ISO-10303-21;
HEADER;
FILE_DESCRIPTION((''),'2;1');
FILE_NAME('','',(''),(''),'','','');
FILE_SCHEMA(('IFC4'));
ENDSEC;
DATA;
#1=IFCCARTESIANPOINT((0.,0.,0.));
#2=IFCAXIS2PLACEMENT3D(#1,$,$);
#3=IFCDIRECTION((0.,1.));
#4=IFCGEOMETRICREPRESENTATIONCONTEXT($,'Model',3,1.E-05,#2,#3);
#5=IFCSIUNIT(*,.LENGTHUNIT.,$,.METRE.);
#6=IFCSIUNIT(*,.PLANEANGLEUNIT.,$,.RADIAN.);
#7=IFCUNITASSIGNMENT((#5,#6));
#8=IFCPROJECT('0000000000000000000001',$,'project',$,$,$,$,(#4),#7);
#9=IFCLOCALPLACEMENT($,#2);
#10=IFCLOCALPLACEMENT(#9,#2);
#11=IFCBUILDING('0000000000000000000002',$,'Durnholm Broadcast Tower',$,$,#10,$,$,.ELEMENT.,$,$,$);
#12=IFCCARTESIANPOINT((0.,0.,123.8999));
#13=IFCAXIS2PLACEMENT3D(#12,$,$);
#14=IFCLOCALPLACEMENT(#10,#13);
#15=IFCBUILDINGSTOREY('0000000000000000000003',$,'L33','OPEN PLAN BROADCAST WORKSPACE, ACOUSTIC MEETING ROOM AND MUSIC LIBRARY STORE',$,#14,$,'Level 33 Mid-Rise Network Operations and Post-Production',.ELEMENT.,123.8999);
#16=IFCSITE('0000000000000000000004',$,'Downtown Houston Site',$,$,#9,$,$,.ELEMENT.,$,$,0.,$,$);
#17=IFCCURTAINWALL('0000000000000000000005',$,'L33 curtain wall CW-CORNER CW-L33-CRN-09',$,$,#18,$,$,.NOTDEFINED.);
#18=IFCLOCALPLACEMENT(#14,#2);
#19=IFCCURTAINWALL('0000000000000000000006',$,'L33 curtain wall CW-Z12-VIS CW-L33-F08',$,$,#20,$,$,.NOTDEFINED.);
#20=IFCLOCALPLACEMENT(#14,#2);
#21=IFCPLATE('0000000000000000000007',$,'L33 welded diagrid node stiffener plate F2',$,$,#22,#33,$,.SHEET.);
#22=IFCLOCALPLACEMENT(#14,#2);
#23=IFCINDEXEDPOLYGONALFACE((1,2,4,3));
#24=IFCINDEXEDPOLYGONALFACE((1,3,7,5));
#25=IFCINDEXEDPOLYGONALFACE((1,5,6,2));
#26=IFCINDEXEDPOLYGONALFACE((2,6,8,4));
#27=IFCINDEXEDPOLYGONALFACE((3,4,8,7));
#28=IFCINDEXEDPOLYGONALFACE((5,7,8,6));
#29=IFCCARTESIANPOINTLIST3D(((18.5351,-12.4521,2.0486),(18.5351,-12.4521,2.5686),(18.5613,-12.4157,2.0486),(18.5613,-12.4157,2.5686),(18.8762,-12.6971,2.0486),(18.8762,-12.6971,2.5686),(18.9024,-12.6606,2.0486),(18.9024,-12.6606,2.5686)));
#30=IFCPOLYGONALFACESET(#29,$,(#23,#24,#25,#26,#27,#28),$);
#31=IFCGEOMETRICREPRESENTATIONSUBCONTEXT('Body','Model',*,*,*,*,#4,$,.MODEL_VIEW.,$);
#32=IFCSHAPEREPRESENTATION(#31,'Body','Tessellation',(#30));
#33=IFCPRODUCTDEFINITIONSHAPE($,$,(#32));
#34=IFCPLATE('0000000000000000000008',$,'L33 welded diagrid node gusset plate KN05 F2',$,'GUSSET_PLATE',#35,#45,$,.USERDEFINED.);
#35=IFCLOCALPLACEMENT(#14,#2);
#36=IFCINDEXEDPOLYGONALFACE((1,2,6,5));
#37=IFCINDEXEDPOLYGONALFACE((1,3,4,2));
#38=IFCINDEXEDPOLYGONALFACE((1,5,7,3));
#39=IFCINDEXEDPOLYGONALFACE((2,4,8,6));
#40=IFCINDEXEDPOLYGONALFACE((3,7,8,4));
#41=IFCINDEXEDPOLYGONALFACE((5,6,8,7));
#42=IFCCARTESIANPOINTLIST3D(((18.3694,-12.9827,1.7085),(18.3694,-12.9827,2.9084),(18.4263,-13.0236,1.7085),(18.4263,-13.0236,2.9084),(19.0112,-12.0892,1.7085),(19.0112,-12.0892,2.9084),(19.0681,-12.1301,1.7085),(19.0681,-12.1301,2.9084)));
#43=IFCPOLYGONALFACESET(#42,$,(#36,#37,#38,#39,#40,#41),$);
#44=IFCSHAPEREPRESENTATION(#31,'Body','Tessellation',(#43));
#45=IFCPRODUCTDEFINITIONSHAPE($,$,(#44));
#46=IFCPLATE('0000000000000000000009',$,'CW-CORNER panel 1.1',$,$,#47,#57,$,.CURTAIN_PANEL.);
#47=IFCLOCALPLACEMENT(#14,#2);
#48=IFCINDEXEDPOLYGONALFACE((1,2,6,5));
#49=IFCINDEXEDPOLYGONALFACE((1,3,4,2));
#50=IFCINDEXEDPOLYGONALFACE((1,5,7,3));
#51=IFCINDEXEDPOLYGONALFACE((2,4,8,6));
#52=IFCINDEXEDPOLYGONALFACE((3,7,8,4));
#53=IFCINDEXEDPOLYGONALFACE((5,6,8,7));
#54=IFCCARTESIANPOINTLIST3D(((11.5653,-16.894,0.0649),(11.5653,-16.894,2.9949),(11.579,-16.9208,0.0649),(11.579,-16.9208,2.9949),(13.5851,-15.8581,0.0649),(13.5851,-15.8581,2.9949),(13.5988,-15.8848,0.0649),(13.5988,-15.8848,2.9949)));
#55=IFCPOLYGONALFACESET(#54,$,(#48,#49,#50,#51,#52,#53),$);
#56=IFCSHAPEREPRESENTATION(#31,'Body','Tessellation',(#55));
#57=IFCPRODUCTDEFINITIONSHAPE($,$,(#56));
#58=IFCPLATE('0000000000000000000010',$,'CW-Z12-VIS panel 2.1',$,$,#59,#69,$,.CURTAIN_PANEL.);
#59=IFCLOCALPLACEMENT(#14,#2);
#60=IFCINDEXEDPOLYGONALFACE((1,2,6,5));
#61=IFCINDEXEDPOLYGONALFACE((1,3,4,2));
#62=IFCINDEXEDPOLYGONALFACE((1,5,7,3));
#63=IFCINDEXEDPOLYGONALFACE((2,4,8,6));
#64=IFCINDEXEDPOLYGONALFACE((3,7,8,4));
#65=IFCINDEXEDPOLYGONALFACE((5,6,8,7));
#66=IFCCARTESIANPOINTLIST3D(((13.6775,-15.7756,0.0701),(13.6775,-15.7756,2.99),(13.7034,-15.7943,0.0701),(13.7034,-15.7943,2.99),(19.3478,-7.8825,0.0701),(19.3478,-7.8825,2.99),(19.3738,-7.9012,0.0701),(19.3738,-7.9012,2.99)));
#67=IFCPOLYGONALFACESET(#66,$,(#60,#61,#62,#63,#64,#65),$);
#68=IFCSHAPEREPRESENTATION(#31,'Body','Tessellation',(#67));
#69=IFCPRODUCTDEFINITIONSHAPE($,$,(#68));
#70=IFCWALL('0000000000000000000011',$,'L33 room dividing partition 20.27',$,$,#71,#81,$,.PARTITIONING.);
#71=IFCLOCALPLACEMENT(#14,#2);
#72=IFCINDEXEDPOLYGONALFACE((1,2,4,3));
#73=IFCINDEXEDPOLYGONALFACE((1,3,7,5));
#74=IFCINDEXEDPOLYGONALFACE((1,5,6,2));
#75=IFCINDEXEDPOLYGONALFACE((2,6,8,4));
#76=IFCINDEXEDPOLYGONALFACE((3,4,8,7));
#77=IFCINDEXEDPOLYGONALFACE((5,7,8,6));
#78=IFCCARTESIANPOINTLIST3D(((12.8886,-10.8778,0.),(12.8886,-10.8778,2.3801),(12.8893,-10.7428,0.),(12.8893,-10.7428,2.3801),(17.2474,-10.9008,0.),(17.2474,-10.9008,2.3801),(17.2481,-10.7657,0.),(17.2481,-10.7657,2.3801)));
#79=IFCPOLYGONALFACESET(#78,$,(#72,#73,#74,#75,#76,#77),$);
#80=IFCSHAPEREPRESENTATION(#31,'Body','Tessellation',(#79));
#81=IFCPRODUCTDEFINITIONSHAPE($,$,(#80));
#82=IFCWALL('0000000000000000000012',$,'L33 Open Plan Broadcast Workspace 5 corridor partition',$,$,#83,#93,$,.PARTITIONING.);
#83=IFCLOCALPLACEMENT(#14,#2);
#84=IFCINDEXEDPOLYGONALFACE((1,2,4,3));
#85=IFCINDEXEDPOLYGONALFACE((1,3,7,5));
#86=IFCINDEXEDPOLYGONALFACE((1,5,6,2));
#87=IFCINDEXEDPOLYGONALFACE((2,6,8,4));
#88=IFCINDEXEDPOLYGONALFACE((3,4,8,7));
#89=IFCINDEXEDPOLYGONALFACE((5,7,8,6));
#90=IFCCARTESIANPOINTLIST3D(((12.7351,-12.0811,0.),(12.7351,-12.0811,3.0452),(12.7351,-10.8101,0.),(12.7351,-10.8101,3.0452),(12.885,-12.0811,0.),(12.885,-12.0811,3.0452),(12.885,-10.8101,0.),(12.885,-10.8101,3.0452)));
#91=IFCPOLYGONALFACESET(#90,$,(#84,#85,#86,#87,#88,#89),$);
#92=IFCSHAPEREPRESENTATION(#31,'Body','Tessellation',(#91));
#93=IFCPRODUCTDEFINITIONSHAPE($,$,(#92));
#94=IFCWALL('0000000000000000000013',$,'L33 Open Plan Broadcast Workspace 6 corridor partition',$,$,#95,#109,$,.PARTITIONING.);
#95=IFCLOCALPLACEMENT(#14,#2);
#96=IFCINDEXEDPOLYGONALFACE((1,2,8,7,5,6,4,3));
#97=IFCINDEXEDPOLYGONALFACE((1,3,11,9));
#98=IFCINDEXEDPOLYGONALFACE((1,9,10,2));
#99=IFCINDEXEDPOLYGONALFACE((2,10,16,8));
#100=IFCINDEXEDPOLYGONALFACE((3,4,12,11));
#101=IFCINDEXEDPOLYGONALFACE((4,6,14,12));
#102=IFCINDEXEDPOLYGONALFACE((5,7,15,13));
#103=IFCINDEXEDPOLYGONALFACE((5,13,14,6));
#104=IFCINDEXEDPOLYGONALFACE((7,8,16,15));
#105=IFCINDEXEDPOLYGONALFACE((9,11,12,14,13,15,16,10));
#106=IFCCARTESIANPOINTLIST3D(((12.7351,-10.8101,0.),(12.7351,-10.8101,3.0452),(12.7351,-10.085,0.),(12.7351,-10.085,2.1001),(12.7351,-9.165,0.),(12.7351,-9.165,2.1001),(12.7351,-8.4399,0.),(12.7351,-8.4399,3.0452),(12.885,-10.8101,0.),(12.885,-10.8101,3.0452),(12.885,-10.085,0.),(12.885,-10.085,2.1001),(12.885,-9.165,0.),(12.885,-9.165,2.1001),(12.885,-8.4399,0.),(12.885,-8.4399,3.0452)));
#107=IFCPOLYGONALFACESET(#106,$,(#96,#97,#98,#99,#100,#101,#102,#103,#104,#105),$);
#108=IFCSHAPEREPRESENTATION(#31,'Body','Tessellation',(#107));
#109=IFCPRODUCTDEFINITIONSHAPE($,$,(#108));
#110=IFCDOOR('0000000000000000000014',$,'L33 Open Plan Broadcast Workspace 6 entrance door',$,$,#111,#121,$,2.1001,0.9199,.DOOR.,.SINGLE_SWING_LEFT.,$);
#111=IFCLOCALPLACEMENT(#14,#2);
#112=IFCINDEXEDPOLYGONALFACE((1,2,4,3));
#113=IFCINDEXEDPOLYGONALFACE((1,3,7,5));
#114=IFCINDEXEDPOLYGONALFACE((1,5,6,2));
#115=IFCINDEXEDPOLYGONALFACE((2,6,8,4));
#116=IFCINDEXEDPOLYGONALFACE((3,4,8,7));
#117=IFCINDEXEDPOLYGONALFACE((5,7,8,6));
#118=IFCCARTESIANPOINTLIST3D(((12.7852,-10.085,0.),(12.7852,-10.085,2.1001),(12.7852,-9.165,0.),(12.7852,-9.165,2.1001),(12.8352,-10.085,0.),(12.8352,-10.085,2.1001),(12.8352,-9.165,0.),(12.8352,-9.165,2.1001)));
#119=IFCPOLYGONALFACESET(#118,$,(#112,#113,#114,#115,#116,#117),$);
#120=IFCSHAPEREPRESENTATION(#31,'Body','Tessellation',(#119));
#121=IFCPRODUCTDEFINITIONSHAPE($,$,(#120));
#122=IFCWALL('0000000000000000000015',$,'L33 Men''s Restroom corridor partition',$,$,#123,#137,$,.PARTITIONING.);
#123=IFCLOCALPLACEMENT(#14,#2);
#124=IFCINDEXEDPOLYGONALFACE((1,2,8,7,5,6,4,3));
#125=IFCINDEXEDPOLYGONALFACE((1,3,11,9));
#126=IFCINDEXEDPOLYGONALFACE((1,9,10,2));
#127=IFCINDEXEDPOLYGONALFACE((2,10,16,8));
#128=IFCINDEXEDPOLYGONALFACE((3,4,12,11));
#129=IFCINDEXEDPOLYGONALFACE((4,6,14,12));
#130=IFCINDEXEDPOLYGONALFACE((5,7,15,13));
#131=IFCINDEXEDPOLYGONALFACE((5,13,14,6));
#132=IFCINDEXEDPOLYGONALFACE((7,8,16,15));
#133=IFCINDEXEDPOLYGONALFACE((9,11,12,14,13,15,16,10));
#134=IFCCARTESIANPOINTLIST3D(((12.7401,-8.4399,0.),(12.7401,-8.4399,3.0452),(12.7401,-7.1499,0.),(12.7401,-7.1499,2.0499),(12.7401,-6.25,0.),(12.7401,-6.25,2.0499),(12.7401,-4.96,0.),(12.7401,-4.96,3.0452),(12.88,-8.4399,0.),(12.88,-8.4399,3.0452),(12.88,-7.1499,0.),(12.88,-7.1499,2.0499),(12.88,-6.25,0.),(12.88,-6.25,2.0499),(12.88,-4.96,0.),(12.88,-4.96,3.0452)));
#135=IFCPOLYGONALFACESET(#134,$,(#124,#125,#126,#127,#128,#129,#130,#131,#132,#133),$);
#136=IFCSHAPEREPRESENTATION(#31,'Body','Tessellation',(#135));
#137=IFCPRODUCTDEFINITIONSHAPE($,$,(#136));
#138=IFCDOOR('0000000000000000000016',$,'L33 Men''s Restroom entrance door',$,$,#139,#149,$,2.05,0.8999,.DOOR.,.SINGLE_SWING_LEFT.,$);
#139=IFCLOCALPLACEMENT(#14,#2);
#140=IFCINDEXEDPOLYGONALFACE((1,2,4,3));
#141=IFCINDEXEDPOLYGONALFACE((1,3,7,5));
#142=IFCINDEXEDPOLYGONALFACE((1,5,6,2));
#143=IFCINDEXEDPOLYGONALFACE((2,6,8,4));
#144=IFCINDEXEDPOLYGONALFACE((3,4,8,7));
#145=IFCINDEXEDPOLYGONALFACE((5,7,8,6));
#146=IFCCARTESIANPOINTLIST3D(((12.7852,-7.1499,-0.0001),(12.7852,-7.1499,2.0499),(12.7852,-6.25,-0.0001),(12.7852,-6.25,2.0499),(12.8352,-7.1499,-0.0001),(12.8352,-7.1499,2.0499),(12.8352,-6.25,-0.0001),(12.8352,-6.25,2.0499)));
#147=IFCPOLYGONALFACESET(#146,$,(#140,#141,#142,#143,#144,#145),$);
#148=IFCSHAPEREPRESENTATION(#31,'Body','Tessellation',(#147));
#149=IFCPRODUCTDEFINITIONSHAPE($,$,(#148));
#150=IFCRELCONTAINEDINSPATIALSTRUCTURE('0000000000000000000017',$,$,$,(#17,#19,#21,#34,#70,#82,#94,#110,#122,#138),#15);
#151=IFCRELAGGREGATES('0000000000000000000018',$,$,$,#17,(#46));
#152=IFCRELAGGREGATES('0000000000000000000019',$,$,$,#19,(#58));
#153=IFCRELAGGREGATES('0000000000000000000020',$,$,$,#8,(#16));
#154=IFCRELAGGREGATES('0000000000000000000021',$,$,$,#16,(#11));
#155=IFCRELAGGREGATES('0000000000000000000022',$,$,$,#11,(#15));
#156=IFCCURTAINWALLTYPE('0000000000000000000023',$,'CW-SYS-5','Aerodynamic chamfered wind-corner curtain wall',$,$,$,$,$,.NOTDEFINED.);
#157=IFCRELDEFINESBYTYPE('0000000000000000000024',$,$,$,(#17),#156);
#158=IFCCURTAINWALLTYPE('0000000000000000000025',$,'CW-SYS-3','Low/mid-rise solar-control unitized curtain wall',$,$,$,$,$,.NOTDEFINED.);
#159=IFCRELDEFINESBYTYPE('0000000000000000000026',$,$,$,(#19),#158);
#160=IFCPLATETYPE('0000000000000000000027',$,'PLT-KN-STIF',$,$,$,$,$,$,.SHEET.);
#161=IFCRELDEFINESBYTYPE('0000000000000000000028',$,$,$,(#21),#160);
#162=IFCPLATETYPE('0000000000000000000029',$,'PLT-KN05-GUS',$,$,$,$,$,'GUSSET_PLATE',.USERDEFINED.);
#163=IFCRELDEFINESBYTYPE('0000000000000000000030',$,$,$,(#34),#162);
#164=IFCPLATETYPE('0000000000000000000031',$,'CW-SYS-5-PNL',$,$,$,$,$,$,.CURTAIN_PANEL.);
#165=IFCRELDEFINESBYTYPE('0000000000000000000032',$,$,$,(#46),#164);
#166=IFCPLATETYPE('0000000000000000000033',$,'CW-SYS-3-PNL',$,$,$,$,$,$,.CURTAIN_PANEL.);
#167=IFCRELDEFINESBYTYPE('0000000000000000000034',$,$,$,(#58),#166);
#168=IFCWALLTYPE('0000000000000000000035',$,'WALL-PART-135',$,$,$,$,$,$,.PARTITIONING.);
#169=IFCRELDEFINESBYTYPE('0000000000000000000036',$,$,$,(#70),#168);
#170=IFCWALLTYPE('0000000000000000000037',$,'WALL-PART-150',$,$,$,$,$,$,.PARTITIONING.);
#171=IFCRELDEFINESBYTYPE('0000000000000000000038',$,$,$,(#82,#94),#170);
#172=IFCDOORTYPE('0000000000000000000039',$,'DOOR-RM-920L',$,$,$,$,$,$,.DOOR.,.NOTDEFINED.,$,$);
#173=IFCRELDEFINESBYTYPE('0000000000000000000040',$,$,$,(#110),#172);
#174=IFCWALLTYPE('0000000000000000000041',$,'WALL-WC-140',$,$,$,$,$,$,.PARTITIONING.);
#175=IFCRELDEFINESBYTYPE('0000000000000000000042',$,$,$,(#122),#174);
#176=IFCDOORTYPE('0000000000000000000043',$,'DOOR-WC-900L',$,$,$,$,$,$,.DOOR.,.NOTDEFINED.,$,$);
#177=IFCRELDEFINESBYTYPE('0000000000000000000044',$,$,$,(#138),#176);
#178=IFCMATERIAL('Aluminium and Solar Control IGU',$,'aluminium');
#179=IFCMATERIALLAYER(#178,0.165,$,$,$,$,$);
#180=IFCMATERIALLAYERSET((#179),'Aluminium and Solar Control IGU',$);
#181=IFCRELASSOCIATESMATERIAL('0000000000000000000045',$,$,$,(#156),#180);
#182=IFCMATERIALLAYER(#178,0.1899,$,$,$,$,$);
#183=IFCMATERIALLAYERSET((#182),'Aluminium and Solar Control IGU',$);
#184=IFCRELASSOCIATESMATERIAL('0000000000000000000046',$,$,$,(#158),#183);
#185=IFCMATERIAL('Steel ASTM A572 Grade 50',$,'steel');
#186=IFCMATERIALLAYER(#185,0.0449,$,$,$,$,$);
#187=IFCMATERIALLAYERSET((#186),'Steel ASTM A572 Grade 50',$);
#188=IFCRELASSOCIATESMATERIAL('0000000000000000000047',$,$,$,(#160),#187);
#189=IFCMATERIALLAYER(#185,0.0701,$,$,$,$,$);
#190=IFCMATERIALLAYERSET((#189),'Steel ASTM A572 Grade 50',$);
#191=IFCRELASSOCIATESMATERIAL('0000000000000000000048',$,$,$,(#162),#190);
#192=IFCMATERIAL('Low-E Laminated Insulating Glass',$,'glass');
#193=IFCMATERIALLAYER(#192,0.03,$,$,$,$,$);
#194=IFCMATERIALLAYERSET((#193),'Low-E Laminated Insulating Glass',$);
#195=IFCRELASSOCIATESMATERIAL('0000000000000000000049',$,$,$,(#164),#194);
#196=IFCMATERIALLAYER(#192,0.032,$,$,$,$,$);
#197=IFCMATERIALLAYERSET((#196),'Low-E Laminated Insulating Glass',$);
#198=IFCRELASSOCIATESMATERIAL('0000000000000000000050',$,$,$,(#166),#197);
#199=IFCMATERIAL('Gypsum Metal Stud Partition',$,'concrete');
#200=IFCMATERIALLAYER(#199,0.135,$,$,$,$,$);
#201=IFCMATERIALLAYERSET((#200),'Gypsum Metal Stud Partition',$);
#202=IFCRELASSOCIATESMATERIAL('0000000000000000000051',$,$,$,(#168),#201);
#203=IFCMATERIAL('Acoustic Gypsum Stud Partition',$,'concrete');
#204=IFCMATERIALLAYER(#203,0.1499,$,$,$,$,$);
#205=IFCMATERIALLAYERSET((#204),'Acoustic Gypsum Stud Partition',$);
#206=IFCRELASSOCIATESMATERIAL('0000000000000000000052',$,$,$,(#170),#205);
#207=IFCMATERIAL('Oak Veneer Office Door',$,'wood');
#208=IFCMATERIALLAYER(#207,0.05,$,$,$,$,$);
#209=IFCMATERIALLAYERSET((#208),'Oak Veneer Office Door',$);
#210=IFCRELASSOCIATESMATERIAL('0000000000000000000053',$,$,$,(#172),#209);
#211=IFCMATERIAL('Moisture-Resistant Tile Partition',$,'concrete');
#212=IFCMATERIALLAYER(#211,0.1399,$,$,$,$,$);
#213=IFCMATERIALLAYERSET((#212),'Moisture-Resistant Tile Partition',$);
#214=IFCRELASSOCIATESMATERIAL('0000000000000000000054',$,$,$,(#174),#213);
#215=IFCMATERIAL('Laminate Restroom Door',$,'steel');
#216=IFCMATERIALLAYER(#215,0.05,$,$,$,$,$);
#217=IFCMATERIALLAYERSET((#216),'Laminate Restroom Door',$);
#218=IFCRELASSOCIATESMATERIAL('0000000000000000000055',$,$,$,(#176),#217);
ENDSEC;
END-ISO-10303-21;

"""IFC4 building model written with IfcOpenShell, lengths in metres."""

from ifc_helpers import new_model, si_unit, direction, frame, frame_2d, origin, origin_2d, place, context, subcontext, project, spatial, rectangle, extrude, source, transform, mapped, material, layer, layer_set, type_object, type_shapes, element, fill, aggregate, save


model = new_model("IFC4")

# Units and contexts
model_context = context("Model", 3, precision=1e-05, world=origin(), true_north=direction((0.0, 1.0)))
body_context = subcontext(model_context, "Body", "Model", "MODEL_VIEW")
ifc_project = project(units=[si_unit("LENGTHUNIT", "METRE"), si_unit("PLANEANGLEUNIT", "RADIAN")], contexts=[model_context])

# Site, building, storey
site_placement = place(None, origin())
site = spatial("IfcSite", under=ifc_project, at=site_placement, Name="Downtown Houston Site", CompositionType="ELEMENT", RefElevation=0.0)
building_placement = place(site_placement, origin())
building = spatial("IfcBuilding", under=site, at=building_placement, Name="Durnholm Broadcast Tower", CompositionType="ELEMENT")
storey_placement = place(building_placement, frame((0.0, 0.0, 123.8999)))
storey = spatial("IfcBuildingStorey", under=building, at=storey_placement, Name="L33", Description="OPEN PLAN BROADCAST WORKSPACE, ACOUSTIC MEETING ROOM AND MUSIC LIBRARY STORE", LongName="Level 33 Mid-Rise Network Operations and Post-Production", CompositionType="ELEMENT", Elevation=123.8999)

# Curtain wall
ifc_material_1 = material(Name="Aluminium and Solar Control IGU", Category="aluminium")
ifc_layer_1 = layer(ifc_material_1, 0.165)
ifc_layer_set_1 = layer_set([ifc_layer_1], Name="Aluminium and Solar Control IGU")
curtain_wall_type_1 = type_object("IfcCurtainWallType", Name="CW-SYS-5", Description="Aerodynamic chamfered wind-corner curtain wall", PredefinedType="NOTDEFINED", material=ifc_layer_set_1)
curtain_wall_1_placement = place(storey_placement, origin())
curtain_wall_1 = element("IfcCurtainWall", 1, at=curtain_wall_1_placement, inside=storey, type_object=curtain_wall_type_1, Name="L33 curtain wall CW-CORNER CW-L33-CRN-09", PredefinedType="NOTDEFINED")

# Curtain wall
ifc_layer_2 = layer(ifc_material_1, 0.1899)
ifc_layer_set_2 = layer_set([ifc_layer_2], Name="Aluminium and Solar Control IGU")
curtain_wall_type_2 = type_object("IfcCurtainWallType", Name="CW-SYS-3", Description="Low/mid-rise solar-control unitized curtain wall", PredefinedType="NOTDEFINED", material=ifc_layer_set_2)
curtain_wall_2_placement = place(storey_placement, origin())
curtain_wall_2 = element("IfcCurtainWall", 2, at=curtain_wall_2_placement, inside=storey, type_object=curtain_wall_type_2, Name="L33 curtain wall CW-Z12-VIS CW-L33-F08", PredefinedType="NOTDEFINED")

# Plates
ifc_material_2 = material(Name="Steel ASTM A572 Grade 50", Category="steel")
ifc_layer_3 = layer(ifc_material_2, 0.0449)
ifc_layer_set_3 = layer_set([ifc_layer_3], Name="Steel ASTM A572 Grade 50")
plate_type_1 = type_object("IfcPlateType", Name="PLT-KN-STIF", PredefinedType="SHEET", material=ifc_layer_set_3)
shared_shape_1 = source(origin(), body_context, "Body", "SweptSolid", [
    extrude(rectangle(XDim=0.0449, YDim=0.4199, at=origin_2d()), origin(), (0.0, 0.0, 1.0), 0.52),
])
type_shapes(plate_type_1, [shared_shape_1])
plate_1_placement = place(storey_placement, frame((18.7188, -12.5564, 2.0486), z_axis=(0.0, 0.0, 1.0), x_axis=(0.583399, 0.812185, 0.0)))
element("IfcPlate", 3, at=plate_1_placement, inside=storey, type_object=plate_type_1, Name="L33 welded diagrid node stiffener plate F2", PredefinedType="SHEET", context=body_context, shape_type="MappedRepresentation", body=[
    mapped(shared_shape_1, transform((0.0, 0.0, 0.0), x_axis=(1.0, 0.0, 0.0), y_axis=(0.0, 1.0, 0.0), z_axis=(0.0, 0.0, 1.0), scale=1.0)),
])
ifc_layer_4 = layer(ifc_material_2, 0.0701)
ifc_layer_set_4 = layer_set([ifc_layer_4], Name="Steel ASTM A572 Grade 50")
plate_type_2 = type_object("IfcPlateType", Name="PLT-KN05-GUS", ElementType="GUSSET_PLATE", PredefinedType="USERDEFINED", material=ifc_layer_set_4)
shared_shape_2 = source(origin(), body_context, "Body", "SweptSolid", [
    extrude(rectangle(XDim=1.1001, YDim=0.0701, at=origin_2d()), origin(), (0.0, 0.0, 1.0), 1.2),
])
type_shapes(plate_type_2, [shared_shape_2])
plate_2_placement = place(storey_placement, frame((18.7188, -12.5564, 1.7085), z_axis=(0.0, 0.0, 1.0), x_axis=(0.583399, 0.812185, 0.0)))
element("IfcPlate", 4, at=plate_2_placement, inside=storey, type_object=plate_type_2, Name="L33 welded diagrid node gusset plate KN05 F2", ObjectType="GUSSET_PLATE", PredefinedType="USERDEFINED", context=body_context, shape_type="MappedRepresentation", body=[
    mapped(shared_shape_2, transform((0.0, 0.0, 0.0), x_axis=(1.0, 0.0, 0.0), y_axis=(0.0, 1.0, 0.0), z_axis=(0.0, 0.0, 1.0), scale=1.0)),
])

# Plates
ifc_material_3 = material(Name="Low-E Laminated Insulating Glass", Category="glass")
ifc_layer_5 = layer(ifc_material_3, 0.03)
ifc_layer_set_5 = layer_set([ifc_layer_5], Name="Low-E Laminated Insulating Glass")
plate_type_3 = type_object("IfcPlateType", Name="CW-SYS-5-PNL", PredefinedType="CURTAIN_PANEL", material=ifc_layer_set_5)
shared_shape_3 = source(origin(), body_context, "Body", "SweptSolid", [
    extrude(rectangle(XDim=2.27, YDim=0.03, at=origin_2d()), origin(), (0.0, 0.0, 1.0), 2.9299),
])
type_shapes(plate_type_3, [shared_shape_3])
plate_3_placement = place(storey_placement, frame((12.582, -16.3894, 0.0649), z_axis=(0.0, 0.0, 1.0), x_axis=(-0.889788, -0.456373, 0.0)))
plate_3 = element("IfcPlate", 5, at=plate_3_placement, type_object=plate_type_3, Name="CW-CORNER panel 1.1", PredefinedType="CURTAIN_PANEL", context=body_context, shape_type="MappedRepresentation", body=[
    mapped(shared_shape_3, transform((0.0, 0.0, 0.0), x_axis=(1.0, 0.0, 0.0), y_axis=(0.0, 1.0, 0.0), z_axis=(0.0, 0.0, 1.0), scale=1.0)),
])
aggregate(curtain_wall_1, [plate_3])
ifc_layer_6 = layer(ifc_material_3, 0.032)
ifc_layer_set_6 = layer_set([ifc_layer_6], Name="Low-E Laminated Insulating Glass")
plate_type_4 = type_object("IfcPlateType", Name="CW-SYS-3-PNL", PredefinedType="CURTAIN_PANEL", material=ifc_layer_set_6)
shared_shape_4 = source(origin(), body_context, "Body", "SweptSolid", [
    extrude(rectangle(XDim=9.7188, YDim=0.032, at=origin_2d()), origin(), (0.0, 0.0, 1.0), 2.9199),
])
type_shapes(plate_type_4, [shared_shape_4])
plate_4_placement = place(storey_placement, frame((16.5256, -11.8384, 0.0701), z_axis=(0.0, 0.0, 1.0), x_axis=(-0.583445, -0.812152, 0.0)))
plate_4 = element("IfcPlate", 6, at=plate_4_placement, type_object=plate_type_4, Name="CW-Z12-VIS panel 2.1", PredefinedType="CURTAIN_PANEL", context=body_context, shape_type="MappedRepresentation", body=[
    mapped(shared_shape_4, transform((0.0, 0.0, 0.0), x_axis=(1.0, 0.0, 0.0), y_axis=(0.0, 1.0, 0.0), z_axis=(0.0, 0.0, 1.0), scale=1.0)),
])
aggregate(curtain_wall_2, [plate_4])

# Walls
ifc_material_4 = material(Name="Gypsum Metal Stud Partition", Category="concrete")
ifc_layer_7 = layer(ifc_material_4, 0.135)
ifc_layer_set_7 = layer_set([ifc_layer_7], Name="Gypsum Metal Stud Partition")
wall_type_1 = type_object("IfcWallType", Name="WALL-PART-135", PredefinedType="PARTITIONING", material=ifc_layer_set_7)
wall_1_placement = place(storey_placement, frame((12.8889, -10.8103, 0.0), z_axis=(0.0, 0.0, 1.0), x_axis=(0.999986, -0.005265, 0.0)))
element("IfcWall", 7, at=wall_1_placement, inside=storey, type_object=wall_type_1, Name="L33 room dividing partition 20.27", PredefinedType="PARTITIONING", context=body_context, shape_type="SweptSolid", body=[
    extrude(rectangle(XDim=4.3589, YDim=0.135, at=frame_2d((2.1794, 0.0))), origin(), (0.0, 0.0, 1.0), 2.3801),
])
ifc_material_5 = material(Name="Acoustic Gypsum Stud Partition", Category="concrete")
ifc_layer_8 = layer(ifc_material_5, 0.1499)
ifc_layer_set_8 = layer_set([ifc_layer_8], Name="Acoustic Gypsum Stud Partition")
wall_type_2 = type_object("IfcWallType", Name="WALL-PART-150", PredefinedType="PARTITIONING", material=ifc_layer_set_8)
wall_2_placement = place(storey_placement, frame((12.8101, -12.0811, 0.0), z_axis=(0.0, 0.0, 1.0), x_axis=(0.0, 1.0, 0.0)))
element("IfcWall", 8, at=wall_2_placement, inside=storey, type_object=wall_type_2, Name="L33 Open Plan Broadcast Workspace 5 corridor partition", PredefinedType="PARTITIONING", context=body_context, shape_type="SweptSolid", body=[
    extrude(rectangle(XDim=1.271, YDim=0.1499, at=frame_2d((0.6355, 0.0))), origin(), (0.0, 0.0, 1.0), 3.0452),
])

# Walls, openings, doors
wall_3_placement = place(storey_placement, frame((12.8101, -10.8101, 0.0), z_axis=(0.0, 0.0, 1.0), x_axis=(0.0, 1.0, 0.0)))
wall_3 = element("IfcWall", 9, at=wall_3_placement, inside=storey, type_object=wall_type_2, Name="L33 Open Plan Broadcast Workspace 6 corridor partition", PredefinedType="PARTITIONING", context=body_context, shape_type="SweptSolid", body=[
    extrude(rectangle(XDim=2.3701, YDim=0.1499, at=frame_2d((1.1851, 0.0))), origin(), (0.0, 0.0, 1.0), 3.0452),
])
opening_1_placement = place(wall_3_placement, frame((0.7251, 0.0, 0.0)))
opening_1 = element("IfcOpeningElement", 10, at=opening_1_placement, cuts=wall_3, PredefinedType="OPENING", context=body_context, shape_type="SweptSolid", body=[
    extrude(rectangle(XDim=0.9199, YDim=2.1001, at=frame_2d((0.46, 1.05))), frame((0.0, 0.085, 0.0), z_axis=(0.0, -1.0, 0.0), x_axis=(1.0, 0.0, 0.0)), (0.0, 0.0, 1.0), 0.1699),
])
ifc_material_6 = material(Name="Oak Veneer Office Door", Category="wood")
ifc_layer_9 = layer(ifc_material_6, 0.05)
ifc_layer_set_9 = layer_set([ifc_layer_9], Name="Oak Veneer Office Door")
door_type_1 = type_object("IfcDoorType", Name="DOOR-RM-920L", OperationType="NOTDEFINED", PredefinedType="DOOR", material=ifc_layer_set_9)
shared_shape_5 = source(origin(), body_context, "Body", "SweptSolid", [
    extrude(rectangle(XDim=0.9199, YDim=2.1001, at=frame_2d((0.46, 1.05))), frame((0.0, 0.0249, 0.0), z_axis=(0.0, -1.0, 0.0), x_axis=(1.0, 0.0, 0.0)), (0.0, 0.0, 1.0), 0.05),
])
type_shapes(door_type_1, [shared_shape_5])
door_1_placement = place(opening_1_placement, origin())
door_1 = element("IfcDoor", 11, at=door_1_placement, inside=storey, type_object=door_type_1, Name="L33 Open Plan Broadcast Workspace 6 entrance door", OperationType="SINGLE_SWING_LEFT", OverallHeight=2.1001, OverallWidth=0.9199, PredefinedType="DOOR", context=body_context, shape_type="MappedRepresentation", body=[
    mapped(shared_shape_5, transform((0.0, 0.0, 0.0), x_axis=(1.0, 0.0, 0.0), y_axis=(0.0, 1.0, 0.0), z_axis=(0.0, 0.0, 1.0), scale=1.0)),
])
fill(opening_1, door_1)
ifc_material_7 = material(Name="Moisture-Resistant Tile Partition", Category="concrete")
ifc_layer_10 = layer(ifc_material_7, 0.1399)
ifc_layer_set_10 = layer_set([ifc_layer_10], Name="Moisture-Resistant Tile Partition")
wall_type_3 = type_object("IfcWallType", Name="WALL-WC-140", PredefinedType="PARTITIONING", material=ifc_layer_set_10)
wall_4_placement = place(storey_placement, frame((12.8101, -8.4399, 0.0), z_axis=(0.0, 0.0, 1.0), x_axis=(0.0, 1.0, 0.0)))
wall_4 = element("IfcWall", 12, at=wall_4_placement, inside=storey, type_object=wall_type_3, Name="L33 Men's Restroom corridor partition", PredefinedType="PARTITIONING", context=body_context, shape_type="SweptSolid", body=[
    extrude(rectangle(XDim=3.48, YDim=0.1399, at=frame_2d((1.74, 0.0))), origin(), (0.0, 0.0, 1.0), 3.0452),
])
opening_2_placement = place(wall_4_placement, frame((1.29, 0.0, 0.0)))
opening_2 = element("IfcOpeningElement", 13, at=opening_2_placement, cuts=wall_4, PredefinedType="OPENING", context=body_context, shape_type="SweptSolid", body=[
    extrude(rectangle(XDim=0.8999, YDim=2.05, at=frame_2d((0.45, 1.0249))), frame((0.0, 0.0801, 0.0), z_axis=(0.0, -1.0, 0.0), x_axis=(1.0, 0.0, 0.0)), (0.0, 0.0, 1.0), 0.1599),
])
ifc_material_8 = material(Name="Laminate Restroom Door", Category="steel")
ifc_layer_11 = layer(ifc_material_8, 0.05)
ifc_layer_set_11 = layer_set([ifc_layer_11], Name="Laminate Restroom Door")
door_type_2 = type_object("IfcDoorType", Name="DOOR-WC-900L", OperationType="NOTDEFINED", PredefinedType="DOOR", material=ifc_layer_set_11)
shared_shape_6 = source(origin(), body_context, "Body", "SweptSolid", [
    extrude(rectangle(XDim=0.8999, YDim=2.05, at=frame_2d((0.45, 1.0249))), frame((0.0, 0.0249, 0.0), z_axis=(0.0, -1.0, 0.0), x_axis=(1.0, 0.0, 0.0)), (0.0, 0.0, 1.0), 0.05),
])
type_shapes(door_type_2, [shared_shape_6])
door_2_placement = place(opening_2_placement, origin())
door_2 = element("IfcDoor", 14, at=door_2_placement, inside=storey, type_object=door_type_2, Name="L33 Men's Restroom entrance door", OperationType="SINGLE_SWING_LEFT", OverallHeight=2.05, OverallWidth=0.8999, PredefinedType="DOOR", context=body_context, shape_type="MappedRepresentation", body=[
    mapped(shared_shape_6, transform((0.0, 0.0, 0.0), x_axis=(1.0, 0.0, 0.0), y_axis=(0.0, 1.0, 0.0), z_axis=(0.0, 0.0, 1.0), scale=1.0)),
])
fill(opening_2, door_2)

save(model, "model.ifc")
